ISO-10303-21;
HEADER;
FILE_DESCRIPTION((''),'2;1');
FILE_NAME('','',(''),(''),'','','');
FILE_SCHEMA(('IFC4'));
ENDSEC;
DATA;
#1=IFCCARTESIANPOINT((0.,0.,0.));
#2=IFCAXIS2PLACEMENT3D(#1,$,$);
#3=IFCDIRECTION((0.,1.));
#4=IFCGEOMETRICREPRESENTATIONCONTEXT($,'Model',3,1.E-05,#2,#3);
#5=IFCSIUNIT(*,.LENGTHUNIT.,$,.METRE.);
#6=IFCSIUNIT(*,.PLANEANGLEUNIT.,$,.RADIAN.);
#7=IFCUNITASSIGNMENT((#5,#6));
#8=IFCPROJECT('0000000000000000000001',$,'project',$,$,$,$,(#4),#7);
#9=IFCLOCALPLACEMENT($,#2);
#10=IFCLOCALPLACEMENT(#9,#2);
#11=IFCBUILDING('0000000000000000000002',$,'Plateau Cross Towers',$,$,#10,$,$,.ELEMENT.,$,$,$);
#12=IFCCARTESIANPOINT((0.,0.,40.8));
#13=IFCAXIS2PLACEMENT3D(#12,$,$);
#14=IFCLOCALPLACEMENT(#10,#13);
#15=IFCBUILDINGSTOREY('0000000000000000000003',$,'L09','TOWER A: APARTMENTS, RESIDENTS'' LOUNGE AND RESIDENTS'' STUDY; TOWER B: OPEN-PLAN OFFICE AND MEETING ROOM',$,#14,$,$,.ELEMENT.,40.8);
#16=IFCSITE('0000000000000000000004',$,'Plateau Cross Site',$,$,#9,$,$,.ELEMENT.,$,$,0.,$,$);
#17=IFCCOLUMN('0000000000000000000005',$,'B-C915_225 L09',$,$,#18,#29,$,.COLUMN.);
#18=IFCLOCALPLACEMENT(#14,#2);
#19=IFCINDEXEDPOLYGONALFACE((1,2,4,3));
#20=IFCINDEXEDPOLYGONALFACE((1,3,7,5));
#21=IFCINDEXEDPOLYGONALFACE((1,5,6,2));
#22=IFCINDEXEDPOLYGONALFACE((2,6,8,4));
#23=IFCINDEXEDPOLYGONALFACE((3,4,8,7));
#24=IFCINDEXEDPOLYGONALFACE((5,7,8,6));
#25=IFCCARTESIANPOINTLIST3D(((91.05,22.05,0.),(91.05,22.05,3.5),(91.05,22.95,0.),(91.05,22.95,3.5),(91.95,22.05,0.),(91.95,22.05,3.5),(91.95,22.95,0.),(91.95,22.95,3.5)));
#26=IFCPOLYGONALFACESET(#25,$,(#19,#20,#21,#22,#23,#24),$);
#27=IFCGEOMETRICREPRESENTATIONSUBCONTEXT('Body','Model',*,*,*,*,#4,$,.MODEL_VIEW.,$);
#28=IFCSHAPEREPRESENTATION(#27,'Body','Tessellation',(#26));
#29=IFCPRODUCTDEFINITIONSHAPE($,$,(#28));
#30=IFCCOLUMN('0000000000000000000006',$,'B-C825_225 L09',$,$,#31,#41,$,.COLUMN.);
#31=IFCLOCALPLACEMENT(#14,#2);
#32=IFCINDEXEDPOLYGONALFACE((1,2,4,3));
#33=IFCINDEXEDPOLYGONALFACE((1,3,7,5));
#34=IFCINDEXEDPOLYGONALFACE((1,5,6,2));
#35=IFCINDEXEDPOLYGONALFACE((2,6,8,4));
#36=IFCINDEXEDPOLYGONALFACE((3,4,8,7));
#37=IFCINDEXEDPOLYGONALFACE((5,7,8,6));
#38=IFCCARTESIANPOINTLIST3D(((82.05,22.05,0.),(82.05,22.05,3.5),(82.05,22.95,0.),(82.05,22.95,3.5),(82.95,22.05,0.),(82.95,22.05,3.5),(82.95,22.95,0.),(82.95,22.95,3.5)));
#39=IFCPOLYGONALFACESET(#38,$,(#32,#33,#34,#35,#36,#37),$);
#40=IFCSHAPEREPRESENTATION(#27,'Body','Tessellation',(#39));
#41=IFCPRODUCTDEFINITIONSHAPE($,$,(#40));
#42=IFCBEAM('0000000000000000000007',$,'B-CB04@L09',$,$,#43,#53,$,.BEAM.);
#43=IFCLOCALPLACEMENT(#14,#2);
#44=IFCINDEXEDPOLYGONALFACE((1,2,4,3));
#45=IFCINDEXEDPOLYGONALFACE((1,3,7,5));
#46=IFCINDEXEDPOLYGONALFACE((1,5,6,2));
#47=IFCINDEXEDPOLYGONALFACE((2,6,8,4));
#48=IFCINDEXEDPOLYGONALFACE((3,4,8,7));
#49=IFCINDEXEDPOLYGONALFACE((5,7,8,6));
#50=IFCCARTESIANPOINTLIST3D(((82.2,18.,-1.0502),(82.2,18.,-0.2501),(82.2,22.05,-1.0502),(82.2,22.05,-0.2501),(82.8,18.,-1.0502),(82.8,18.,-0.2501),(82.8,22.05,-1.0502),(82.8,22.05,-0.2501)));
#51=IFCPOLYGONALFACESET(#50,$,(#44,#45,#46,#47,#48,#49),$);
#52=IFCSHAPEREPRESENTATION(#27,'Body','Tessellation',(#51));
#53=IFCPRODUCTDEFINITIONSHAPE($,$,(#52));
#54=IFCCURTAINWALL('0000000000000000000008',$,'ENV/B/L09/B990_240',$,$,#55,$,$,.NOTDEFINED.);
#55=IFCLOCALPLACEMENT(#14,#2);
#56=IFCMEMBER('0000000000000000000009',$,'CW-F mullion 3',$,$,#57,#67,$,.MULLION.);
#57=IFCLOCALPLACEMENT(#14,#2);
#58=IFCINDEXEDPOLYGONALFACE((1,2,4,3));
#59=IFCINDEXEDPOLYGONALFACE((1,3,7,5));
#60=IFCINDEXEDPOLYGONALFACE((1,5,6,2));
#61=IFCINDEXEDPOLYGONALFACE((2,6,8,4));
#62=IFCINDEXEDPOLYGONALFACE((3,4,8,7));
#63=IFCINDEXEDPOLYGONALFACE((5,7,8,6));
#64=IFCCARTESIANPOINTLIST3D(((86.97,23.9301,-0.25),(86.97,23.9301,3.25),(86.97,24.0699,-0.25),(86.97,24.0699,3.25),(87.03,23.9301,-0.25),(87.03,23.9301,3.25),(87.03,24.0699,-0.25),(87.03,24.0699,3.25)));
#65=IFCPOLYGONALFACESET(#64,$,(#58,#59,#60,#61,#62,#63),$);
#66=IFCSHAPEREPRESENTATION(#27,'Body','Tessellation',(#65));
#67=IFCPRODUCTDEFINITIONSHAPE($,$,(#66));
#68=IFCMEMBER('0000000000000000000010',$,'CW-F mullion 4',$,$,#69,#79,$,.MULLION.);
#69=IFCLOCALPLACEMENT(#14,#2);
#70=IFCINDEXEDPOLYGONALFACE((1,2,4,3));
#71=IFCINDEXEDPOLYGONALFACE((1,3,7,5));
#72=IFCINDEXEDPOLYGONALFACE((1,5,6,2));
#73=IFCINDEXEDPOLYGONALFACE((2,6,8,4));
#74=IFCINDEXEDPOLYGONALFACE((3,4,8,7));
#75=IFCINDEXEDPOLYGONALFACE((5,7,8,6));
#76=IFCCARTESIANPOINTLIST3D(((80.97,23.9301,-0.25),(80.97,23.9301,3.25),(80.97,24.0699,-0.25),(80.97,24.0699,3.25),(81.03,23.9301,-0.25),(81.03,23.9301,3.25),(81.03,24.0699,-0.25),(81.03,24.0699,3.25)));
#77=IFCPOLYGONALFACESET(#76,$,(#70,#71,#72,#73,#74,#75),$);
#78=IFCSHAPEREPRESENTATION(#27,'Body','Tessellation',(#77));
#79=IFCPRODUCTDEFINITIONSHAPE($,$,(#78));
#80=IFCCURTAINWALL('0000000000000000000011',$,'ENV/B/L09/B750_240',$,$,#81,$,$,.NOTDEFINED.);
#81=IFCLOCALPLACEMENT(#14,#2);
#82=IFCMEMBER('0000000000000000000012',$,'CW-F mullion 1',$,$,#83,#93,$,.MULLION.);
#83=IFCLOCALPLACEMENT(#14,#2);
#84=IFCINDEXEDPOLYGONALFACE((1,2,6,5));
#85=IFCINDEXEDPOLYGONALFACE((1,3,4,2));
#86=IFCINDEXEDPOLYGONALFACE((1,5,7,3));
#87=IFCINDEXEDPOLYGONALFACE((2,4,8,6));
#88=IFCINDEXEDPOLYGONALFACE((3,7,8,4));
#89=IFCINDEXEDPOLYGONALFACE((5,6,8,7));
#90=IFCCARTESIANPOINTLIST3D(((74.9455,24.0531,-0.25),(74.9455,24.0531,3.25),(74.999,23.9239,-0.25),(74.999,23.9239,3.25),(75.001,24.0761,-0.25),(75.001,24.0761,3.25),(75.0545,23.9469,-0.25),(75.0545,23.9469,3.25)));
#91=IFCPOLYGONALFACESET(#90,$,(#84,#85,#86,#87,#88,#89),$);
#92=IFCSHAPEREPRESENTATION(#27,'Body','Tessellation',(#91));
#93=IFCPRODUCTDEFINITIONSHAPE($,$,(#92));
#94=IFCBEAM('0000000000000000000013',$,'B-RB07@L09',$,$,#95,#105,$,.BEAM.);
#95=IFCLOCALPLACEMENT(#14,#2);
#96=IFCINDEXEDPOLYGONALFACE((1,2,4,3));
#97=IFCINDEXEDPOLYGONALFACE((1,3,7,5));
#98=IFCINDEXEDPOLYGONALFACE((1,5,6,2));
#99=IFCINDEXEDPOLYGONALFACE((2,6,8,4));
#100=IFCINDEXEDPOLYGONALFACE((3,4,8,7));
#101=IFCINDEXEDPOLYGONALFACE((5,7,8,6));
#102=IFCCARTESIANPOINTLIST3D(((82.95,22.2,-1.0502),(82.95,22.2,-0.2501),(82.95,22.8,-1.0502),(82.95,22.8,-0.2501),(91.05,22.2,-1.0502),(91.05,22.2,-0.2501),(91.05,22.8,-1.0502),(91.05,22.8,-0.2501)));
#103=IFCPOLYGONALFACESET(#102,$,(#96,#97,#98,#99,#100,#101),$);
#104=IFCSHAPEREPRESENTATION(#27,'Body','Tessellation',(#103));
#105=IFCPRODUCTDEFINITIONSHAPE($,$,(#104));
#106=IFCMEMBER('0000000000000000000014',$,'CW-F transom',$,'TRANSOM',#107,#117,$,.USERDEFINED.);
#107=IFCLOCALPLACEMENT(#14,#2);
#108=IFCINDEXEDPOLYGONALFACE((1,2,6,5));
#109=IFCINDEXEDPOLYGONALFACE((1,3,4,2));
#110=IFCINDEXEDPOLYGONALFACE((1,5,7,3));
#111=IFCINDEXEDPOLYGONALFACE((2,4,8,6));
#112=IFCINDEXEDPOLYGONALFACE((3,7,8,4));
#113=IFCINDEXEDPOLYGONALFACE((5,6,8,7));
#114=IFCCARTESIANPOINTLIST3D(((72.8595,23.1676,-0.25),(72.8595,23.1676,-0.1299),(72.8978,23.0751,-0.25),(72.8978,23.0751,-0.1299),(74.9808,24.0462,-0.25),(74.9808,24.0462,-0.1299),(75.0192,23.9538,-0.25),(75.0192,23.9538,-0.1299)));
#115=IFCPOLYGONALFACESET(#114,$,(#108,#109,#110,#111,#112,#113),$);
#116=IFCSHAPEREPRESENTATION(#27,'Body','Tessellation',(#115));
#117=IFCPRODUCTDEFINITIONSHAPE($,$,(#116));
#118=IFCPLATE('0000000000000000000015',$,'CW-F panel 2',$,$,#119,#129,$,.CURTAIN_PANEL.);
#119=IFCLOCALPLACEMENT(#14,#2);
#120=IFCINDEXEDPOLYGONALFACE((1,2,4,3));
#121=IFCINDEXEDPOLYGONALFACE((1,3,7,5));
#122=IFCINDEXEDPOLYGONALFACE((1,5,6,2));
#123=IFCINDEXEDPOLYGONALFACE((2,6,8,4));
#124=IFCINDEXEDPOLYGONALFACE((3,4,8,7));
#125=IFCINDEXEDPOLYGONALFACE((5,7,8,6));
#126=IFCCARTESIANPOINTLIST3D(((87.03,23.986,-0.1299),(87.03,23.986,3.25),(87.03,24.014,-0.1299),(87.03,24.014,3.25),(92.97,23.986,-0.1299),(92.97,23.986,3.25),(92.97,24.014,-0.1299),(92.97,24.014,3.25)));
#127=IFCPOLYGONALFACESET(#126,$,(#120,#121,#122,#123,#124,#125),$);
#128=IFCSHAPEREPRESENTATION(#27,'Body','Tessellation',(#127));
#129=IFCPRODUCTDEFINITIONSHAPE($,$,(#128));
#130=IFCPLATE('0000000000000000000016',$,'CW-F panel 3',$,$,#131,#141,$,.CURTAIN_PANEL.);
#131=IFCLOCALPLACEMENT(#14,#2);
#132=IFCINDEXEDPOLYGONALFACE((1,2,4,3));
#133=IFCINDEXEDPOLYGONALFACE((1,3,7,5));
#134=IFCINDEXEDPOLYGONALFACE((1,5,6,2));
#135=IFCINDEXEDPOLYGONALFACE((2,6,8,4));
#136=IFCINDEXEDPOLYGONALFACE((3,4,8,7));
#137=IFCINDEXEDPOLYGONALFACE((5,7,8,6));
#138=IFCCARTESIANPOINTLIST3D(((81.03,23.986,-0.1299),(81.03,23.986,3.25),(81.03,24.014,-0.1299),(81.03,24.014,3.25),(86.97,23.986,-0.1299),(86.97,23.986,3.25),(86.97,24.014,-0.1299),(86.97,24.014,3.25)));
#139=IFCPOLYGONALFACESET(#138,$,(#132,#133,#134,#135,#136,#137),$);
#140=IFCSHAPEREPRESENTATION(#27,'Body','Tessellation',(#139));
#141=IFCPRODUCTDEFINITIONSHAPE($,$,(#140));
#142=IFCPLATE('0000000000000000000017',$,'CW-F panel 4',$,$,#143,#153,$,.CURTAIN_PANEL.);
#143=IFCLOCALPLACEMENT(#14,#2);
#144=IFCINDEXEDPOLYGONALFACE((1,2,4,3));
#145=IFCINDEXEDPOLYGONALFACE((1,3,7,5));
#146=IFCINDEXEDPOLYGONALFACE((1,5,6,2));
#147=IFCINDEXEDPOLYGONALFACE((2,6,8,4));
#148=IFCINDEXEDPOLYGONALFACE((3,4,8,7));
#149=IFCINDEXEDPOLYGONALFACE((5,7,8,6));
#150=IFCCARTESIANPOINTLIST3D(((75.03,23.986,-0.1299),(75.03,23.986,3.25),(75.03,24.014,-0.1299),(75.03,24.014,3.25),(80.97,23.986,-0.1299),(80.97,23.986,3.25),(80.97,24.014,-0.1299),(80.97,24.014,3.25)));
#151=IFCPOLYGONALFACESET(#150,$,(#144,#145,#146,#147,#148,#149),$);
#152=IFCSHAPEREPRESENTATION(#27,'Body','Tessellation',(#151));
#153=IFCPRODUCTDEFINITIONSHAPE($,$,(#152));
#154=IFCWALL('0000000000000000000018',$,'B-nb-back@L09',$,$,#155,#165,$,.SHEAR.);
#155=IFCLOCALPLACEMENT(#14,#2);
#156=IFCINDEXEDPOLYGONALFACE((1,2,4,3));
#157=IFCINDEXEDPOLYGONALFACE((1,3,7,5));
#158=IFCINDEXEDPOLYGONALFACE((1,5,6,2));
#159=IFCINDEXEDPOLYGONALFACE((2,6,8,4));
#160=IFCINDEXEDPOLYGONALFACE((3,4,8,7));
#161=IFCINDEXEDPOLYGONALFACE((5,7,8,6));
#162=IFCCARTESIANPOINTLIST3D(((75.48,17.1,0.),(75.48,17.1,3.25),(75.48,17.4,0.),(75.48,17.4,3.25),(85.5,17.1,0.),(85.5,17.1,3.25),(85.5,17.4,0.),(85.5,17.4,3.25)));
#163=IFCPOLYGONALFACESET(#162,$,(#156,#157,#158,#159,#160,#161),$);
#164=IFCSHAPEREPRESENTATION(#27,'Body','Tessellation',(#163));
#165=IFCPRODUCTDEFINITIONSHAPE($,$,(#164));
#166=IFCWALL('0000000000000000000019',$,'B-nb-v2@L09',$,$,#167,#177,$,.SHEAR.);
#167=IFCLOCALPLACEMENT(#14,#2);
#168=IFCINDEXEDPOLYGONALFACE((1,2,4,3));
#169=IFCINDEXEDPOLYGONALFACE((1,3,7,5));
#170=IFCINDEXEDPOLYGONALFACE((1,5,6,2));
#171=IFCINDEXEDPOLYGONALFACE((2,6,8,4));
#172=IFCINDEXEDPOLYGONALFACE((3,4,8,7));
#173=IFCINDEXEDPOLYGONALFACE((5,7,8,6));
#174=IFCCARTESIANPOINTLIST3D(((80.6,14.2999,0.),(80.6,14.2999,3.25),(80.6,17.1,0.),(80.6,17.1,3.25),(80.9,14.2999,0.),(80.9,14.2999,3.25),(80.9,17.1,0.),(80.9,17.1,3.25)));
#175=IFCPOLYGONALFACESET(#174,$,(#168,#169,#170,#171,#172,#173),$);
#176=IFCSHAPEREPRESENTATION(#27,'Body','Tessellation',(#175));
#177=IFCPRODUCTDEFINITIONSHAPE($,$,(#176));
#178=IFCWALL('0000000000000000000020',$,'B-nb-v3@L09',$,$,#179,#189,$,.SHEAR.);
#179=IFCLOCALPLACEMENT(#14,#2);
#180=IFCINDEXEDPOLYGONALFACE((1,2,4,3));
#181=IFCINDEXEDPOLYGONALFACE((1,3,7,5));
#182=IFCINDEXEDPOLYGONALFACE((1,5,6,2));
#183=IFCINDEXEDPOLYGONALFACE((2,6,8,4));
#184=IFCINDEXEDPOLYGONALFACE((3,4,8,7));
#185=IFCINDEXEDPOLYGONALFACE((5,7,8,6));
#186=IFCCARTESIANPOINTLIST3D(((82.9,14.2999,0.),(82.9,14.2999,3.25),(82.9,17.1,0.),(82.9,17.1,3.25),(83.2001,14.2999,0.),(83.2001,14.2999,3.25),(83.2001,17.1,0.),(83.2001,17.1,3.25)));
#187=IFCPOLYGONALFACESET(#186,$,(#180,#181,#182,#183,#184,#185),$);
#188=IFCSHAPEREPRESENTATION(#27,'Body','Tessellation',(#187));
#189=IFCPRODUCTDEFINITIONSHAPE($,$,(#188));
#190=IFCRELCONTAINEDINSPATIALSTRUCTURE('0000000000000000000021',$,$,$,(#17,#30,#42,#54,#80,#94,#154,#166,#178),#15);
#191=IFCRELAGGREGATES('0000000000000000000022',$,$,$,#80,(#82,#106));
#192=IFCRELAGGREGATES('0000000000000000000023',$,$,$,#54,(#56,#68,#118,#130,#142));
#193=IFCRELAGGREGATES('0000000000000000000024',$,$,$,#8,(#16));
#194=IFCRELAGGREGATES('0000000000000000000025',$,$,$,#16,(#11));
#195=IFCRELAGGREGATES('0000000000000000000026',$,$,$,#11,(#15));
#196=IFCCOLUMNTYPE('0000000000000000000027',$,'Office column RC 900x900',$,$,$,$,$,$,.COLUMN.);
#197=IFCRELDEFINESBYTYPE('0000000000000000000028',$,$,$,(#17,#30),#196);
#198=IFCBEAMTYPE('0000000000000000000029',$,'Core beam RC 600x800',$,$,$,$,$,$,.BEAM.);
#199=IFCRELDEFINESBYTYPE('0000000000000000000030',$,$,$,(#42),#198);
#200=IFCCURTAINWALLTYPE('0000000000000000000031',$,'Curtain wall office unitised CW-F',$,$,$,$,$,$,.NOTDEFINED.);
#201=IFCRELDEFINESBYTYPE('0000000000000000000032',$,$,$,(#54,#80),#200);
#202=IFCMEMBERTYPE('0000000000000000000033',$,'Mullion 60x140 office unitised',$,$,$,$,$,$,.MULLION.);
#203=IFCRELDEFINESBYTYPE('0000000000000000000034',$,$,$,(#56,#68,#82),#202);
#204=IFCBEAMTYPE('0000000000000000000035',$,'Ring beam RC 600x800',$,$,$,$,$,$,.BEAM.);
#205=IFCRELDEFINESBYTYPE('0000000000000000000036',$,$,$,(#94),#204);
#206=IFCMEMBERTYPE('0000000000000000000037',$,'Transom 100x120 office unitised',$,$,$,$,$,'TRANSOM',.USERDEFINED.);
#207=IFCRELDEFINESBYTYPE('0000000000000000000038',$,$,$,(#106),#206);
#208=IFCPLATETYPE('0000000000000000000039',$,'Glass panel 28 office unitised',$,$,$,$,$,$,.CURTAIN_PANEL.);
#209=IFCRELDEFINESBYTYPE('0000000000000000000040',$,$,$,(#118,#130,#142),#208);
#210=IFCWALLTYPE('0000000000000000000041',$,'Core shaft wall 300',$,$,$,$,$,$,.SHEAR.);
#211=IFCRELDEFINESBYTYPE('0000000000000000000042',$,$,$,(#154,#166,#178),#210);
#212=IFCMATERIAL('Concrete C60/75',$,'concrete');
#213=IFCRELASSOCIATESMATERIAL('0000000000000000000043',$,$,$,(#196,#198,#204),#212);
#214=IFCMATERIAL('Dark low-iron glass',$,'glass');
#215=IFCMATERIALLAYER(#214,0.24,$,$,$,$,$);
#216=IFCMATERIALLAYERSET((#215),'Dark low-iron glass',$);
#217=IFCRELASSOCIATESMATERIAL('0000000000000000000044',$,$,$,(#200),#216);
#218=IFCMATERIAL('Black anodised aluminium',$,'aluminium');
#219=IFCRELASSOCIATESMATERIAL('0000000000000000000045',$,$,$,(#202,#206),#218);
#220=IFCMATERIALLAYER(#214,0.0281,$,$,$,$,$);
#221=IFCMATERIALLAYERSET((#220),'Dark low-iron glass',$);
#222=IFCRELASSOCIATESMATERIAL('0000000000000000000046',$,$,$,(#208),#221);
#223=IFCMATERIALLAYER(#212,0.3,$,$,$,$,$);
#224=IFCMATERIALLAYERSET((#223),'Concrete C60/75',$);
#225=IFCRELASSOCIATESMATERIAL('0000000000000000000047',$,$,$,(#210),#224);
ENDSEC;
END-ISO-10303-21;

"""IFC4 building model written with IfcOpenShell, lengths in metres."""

from ifc_helpers import new_model, si_unit, direction, frame, frame_2d, origin, origin_2d, place, context, subcontext, project, spatial, rectangle, extrude, material, layer, layer_set, material_profile, profile_set, type_object, element, aggregate, save


model = new_model("IFC4")

# Units and contexts
model_context = context("Model", 3, precision=1e-05, world=origin(), true_north=direction((0.0, 1.0)))
body_context = subcontext(model_context, "Body", "Model", "MODEL_VIEW")
ifc_project = project(units=[si_unit("LENGTHUNIT", "METRE"), si_unit("PLANEANGLEUNIT", "RADIAN")], contexts=[model_context])

# Site, building, storey
site_placement = place(None, origin())
site = spatial("IfcSite", under=ifc_project, at=site_placement, Name="Plateau Cross Site", CompositionType="ELEMENT", RefElevation=0.0)
building_placement = place(site_placement, origin())
building = spatial("IfcBuilding", under=site, at=building_placement, Name="Plateau Cross Towers", CompositionType="ELEMENT")
storey_placement = place(building_placement, frame((0.0, 0.0, 40.8)))
storey = spatial("IfcBuildingStorey", under=building, at=storey_placement, Name="L09", Description="TOWER A: APARTMENTS, RESIDENTS' LOUNGE AND RESIDENTS' STUDY; TOWER B: OPEN-PLAN OFFICE AND MEETING ROOM", CompositionType="ELEMENT", Elevation=40.8)

# Columns
ifc_material_1 = material(Name="Concrete C60/75", Category="concrete")
ifc_material_profile_1 = material_profile(ifc_material_1, rectangle(XDim=0.8999, YDim=0.8999, at=origin_2d()), Name="RC 900x900")
ifc_profile_set_1 = profile_set([ifc_material_profile_1], Name="Concrete C60/75")
column_type = type_object("IfcColumnType", Name="Office column RC 900x900", PredefinedType="COLUMN", material=ifc_profile_set_1)
for number, where, z_axis, x_axis, name in (
    (1, (91.5, 22.5, 0.0), (0.0, 0.0, 1.0), (1.0, 0.0, 0.0), "B-C915_225 L09"),
    (2, (82.5, 22.5, 0.0), (0.0, 0.0, 1.0), (1.0, 0.0, 0.0), "B-C825_225 L09"),
):
    element("IfcColumn", number, at=place(storey_placement, frame(where, z_axis=z_axis, x_axis=x_axis)), inside=storey, type_object=column_type, Name=name, PredefinedType="COLUMN", context=body_context, shape_type="SweptSolid", body=[
        extrude(rectangle(XDim=0.8999, YDim=0.8999, at=origin_2d()), origin(), (0.0, 0.0, 1.0), 3.5),
    ])

# Beam
ifc_material_profile_2 = material_profile(ifc_material_1, rectangle(XDim=0.6001, YDim=0.8, at=origin_2d()), Name="RC 600x800")
ifc_profile_set_2 = profile_set([ifc_material_profile_2], Name="Concrete C60/75")
beam_type_1 = type_object("IfcBeamType", Name="Core beam RC 600x800", PredefinedType="BEAM", material=ifc_profile_set_2)
beam_1_placement = place(storey_placement, frame((82.5, 18.0, -0.6501), z_axis=(0.0, 1.0, 0.0), x_axis=(-1.0, 0.0, 0.0)))
element("IfcBeam", 3, at=beam_1_placement, inside=storey, type_object=beam_type_1, Name="B-CB04@L09", PredefinedType="BEAM", context=body_context, shape_type="SweptSolid", body=[
    extrude(rectangle(XDim=0.6001, YDim=0.8, at=origin_2d()), origin(), (0.0, 0.0, 1.0), 4.05),
])

# Curtain wall, members
ifc_material_2 = material(Name="Dark low-iron glass", Category="glass")
ifc_layer_1 = layer(ifc_material_2, 0.24)
ifc_layer_set_1 = layer_set([ifc_layer_1], Name="Dark low-iron glass")
curtain_wall_type = type_object("IfcCurtainWallType", Name="Curtain wall office unitised CW-F", PredefinedType="NOTDEFINED", material=ifc_layer_set_1)
curtain_wall_1_placement = place(storey_placement, origin())
curtain_wall_1 = element("IfcCurtainWall", 4, at=curtain_wall_1_placement, inside=storey, type_object=curtain_wall_type, Name="ENV/B/L09/B990_240", PredefinedType="NOTDEFINED")
ifc_material_3 = material(Name="Black anodised aluminium", Category="aluminium")
ifc_material_profile_3 = material_profile(ifc_material_3, rectangle(XDim=0.0601, YDim=0.1399, at=origin_2d()), Name="MULLION 60x140")
ifc_profile_set_3 = profile_set([ifc_material_profile_3], Name="Black anodised aluminium")
member_type_1 = type_object("IfcMemberType", Name="Mullion 60x140 office unitised", PredefinedType="MULLION", material=ifc_profile_set_3)
member_1_placement = place(storey_placement, frame((87.0, 24.0, -0.25), z_axis=(0.0, 0.0, 1.0), x_axis=(-1.0, 0.0, 0.0)))
member_1 = element("IfcMember", 5, at=member_1_placement, type_object=member_type_1, Name="CW-F mullion 3", PredefinedType="MULLION", context=body_context, shape_type="SweptSolid", body=[
    extrude(rectangle(XDim=0.0601, YDim=0.1399, at=origin_2d()), origin(), (0.0, 0.0, 1.0), 3.5),
])
member_2_placement = place(storey_placement, frame((81.0, 24.0, -0.25), z_axis=(0.0, 0.0, 1.0), x_axis=(-1.0, 0.0, 0.0)))
member_2 = element("IfcMember", 6, at=member_2_placement, type_object=member_type_1, Name="CW-F mullion 4", PredefinedType="MULLION", context=body_context, shape_type="SweptSolid", body=[
    extrude(rectangle(XDim=0.0601, YDim=0.1399, at=origin_2d()), origin(), (0.0, 0.0, 1.0), 3.5),
])

# Curtain wall, member
curtain_wall_2_placement = place(storey_placement, origin())
curtain_wall_2 = element("IfcCurtainWall", 7, at=curtain_wall_2_placement, inside=storey, type_object=curtain_wall_type, Name="ENV/B/L09/B750_240", PredefinedType="NOTDEFINED")
member_3_placement = place(storey_placement, frame((75.0, 24.0, -0.25), z_axis=(0.0, 0.0, 1.0), x_axis=(-0.923879, -0.382684, 0.0)))
member_3 = element("IfcMember", 8, at=member_3_placement, type_object=member_type_1, Name="CW-F mullion 1", PredefinedType="MULLION", context=body_context, shape_type="SweptSolid", body=[
    extrude(rectangle(XDim=0.0601, YDim=0.1399, at=origin_2d()), origin(), (0.0, 0.0, 1.0), 3.5),
])

# Beam
ifc_material_profile_4 = material_profile(ifc_material_1, rectangle(XDim=0.6001, YDim=0.8, at=origin_2d()), Name="RC 600x800")
ifc_profile_set_4 = profile_set([ifc_material_profile_4], Name="Concrete C60/75")
beam_type_2 = type_object("IfcBeamType", Name="Ring beam RC 600x800", PredefinedType="BEAM", material=ifc_profile_set_4)
beam_2_placement = place(storey_placement, frame((91.05, 22.5, -0.6501), z_axis=(-1.0, 0.0, 0.0), x_axis=(0.0, -1.0, 0.0)))
element("IfcBeam", 9, at=beam_2_placement, inside=storey, type_object=beam_type_2, Name="B-RB07@L09", PredefinedType="BEAM", context=body_context, shape_type="SweptSolid", body=[
    extrude(rectangle(XDim=0.6001, YDim=0.8, at=origin_2d()), origin(), (0.0, 0.0, 1.0), 8.1001),
])

# Member
ifc_material_profile_5 = material_profile(ifc_material_3, rectangle(XDim=0.1001, YDim=0.1201, at=origin_2d()), Name="TRANSOM 100x120")
ifc_profile_set_5 = profile_set([ifc_material_profile_5], Name="Black anodised aluminium")
member_type_2 = type_object("IfcMemberType", Name="Transom 100x120 office unitised", ElementType="TRANSOM", PredefinedType="USERDEFINED", material=ifc_profile_set_5)
member_4_placement = place(storey_placement, frame((75.0, 24.0, -0.1899), z_axis=(-0.923883, -0.382674, 0.0), x_axis=(0.382674, -0.923883, 0.0)))
member_4 = element("IfcMember", 10, at=member_4_placement, type_object=member_type_2, Name="CW-F transom", ObjectType="TRANSOM", PredefinedType="USERDEFINED", context=body_context, shape_type="SweptSolid", body=[
    extrude(rectangle(XDim=0.1001, YDim=0.1201, at=origin_2d()), origin(), (0.0, 0.0, 1.0), 2.2961),
])
aggregate(curtain_wall_2, [member_3, member_4])

# Plates
ifc_layer_2 = layer(ifc_material_2, 0.0281)
ifc_layer_set_2 = layer_set([ifc_layer_2], Name="Dark low-iron glass")
plate_type = type_object("IfcPlateType", Name="Glass panel 28 office unitised", PredefinedType="CURTAIN_PANEL", material=ifc_layer_set_2)
plate_1_placement = place(storey_placement, frame((90.0, 24.0, -0.1299), z_axis=(0.0, 0.0, 1.0), x_axis=(-1.0, 0.0, 0.0)))
plate_1 = element("IfcPlate", 11, at=plate_1_placement, type_object=plate_type, Name="CW-F panel 2", PredefinedType="CURTAIN_PANEL", context=body_context, shape_type="SweptSolid", body=[
    extrude(rectangle(XDim=5.9399, YDim=0.0281, at=origin_2d()), origin(), (0.0, 0.0, 1.0), 3.3799),
])
plate_2_placement = place(storey_placement, frame((84.0, 24.0, -0.1299), z_axis=(0.0, 0.0, 1.0), x_axis=(-1.0, 0.0, 0.0)))
plate_2 = element("IfcPlate", 12, at=plate_2_placement, type_object=plate_type, Name="CW-F panel 3", PredefinedType="CURTAIN_PANEL", context=body_context, shape_type="SweptSolid", body=[
    extrude(rectangle(XDim=5.9399, YDim=0.0281, at=origin_2d()), origin(), (0.0, 0.0, 1.0), 3.3799),
])
plate_3_placement = place(storey_placement, frame((78.0, 24.0, -0.1299), z_axis=(0.0, 0.0, 1.0), x_axis=(-1.0, 0.0, 0.0)))
plate_3 = element("IfcPlate", 13, at=plate_3_placement, type_object=plate_type, Name="CW-F panel 4", PredefinedType="CURTAIN_PANEL", context=body_context, shape_type="SweptSolid", body=[
    extrude(rectangle(XDim=5.9399, YDim=0.0281, at=origin_2d()), origin(), (0.0, 0.0, 1.0), 3.3799),
])
aggregate(curtain_wall_1, [member_1, member_2, plate_1, plate_2, plate_3])

# Walls
ifc_layer_3 = layer(ifc_material_1, 0.3)
ifc_layer_set_3 = layer_set([ifc_layer_3], Name="Concrete C60/75")
wall_type_1 = type_object("IfcWallType", Name="Core shaft wall 300", PredefinedType="SHEAR", material=ifc_layer_set_3)
wall_1_placement = place(storey_placement, frame((75.48, 17.25, 0.0), z_axis=(0.0, 0.0, 1.0), x_axis=(1.0, 0.0, 0.0)))
element("IfcWall", 14, at=wall_1_placement, inside=storey, type_object=wall_type_1, Name="B-nb-back@L09", PredefinedType="SHEAR", context=body_context, shape_type="SweptSolid", body=[
    extrude(rectangle(XDim=10.02, YDim=0.3, at=frame_2d((5.01, 0.0))), origin(), (0.0, 0.0, 1.0), 3.25),
])
for number, where, z_axis, x_axis, name in (
    (15, (80.75, 14.3, 0.0), (0.0, 0.0, 1.0), (0.0, 1.0, 0.0), "B-nb-v2@L09"),
    (16, (83.05, 14.3, 0.0), (0.0, 0.0, 1.0), (0.0, 1.0, 0.0), "B-nb-v3@L09"),
):
    element("IfcWall", number, at=place(storey_placement, frame(where, z_axis=z_axis, x_axis=x_axis)), inside=storey, type_object=wall_type_1, Name=name, PredefinedType="SHEAR", context=body_context, shape_type="SweptSolid", body=[
        extrude(rectangle(XDim=2.8, YDim=0.3, at=frame_2d((1.3999, 0.0))), origin(), (0.0, 0.0, 1.0), 3.25),
    ])

save(model, "model.ifc")
